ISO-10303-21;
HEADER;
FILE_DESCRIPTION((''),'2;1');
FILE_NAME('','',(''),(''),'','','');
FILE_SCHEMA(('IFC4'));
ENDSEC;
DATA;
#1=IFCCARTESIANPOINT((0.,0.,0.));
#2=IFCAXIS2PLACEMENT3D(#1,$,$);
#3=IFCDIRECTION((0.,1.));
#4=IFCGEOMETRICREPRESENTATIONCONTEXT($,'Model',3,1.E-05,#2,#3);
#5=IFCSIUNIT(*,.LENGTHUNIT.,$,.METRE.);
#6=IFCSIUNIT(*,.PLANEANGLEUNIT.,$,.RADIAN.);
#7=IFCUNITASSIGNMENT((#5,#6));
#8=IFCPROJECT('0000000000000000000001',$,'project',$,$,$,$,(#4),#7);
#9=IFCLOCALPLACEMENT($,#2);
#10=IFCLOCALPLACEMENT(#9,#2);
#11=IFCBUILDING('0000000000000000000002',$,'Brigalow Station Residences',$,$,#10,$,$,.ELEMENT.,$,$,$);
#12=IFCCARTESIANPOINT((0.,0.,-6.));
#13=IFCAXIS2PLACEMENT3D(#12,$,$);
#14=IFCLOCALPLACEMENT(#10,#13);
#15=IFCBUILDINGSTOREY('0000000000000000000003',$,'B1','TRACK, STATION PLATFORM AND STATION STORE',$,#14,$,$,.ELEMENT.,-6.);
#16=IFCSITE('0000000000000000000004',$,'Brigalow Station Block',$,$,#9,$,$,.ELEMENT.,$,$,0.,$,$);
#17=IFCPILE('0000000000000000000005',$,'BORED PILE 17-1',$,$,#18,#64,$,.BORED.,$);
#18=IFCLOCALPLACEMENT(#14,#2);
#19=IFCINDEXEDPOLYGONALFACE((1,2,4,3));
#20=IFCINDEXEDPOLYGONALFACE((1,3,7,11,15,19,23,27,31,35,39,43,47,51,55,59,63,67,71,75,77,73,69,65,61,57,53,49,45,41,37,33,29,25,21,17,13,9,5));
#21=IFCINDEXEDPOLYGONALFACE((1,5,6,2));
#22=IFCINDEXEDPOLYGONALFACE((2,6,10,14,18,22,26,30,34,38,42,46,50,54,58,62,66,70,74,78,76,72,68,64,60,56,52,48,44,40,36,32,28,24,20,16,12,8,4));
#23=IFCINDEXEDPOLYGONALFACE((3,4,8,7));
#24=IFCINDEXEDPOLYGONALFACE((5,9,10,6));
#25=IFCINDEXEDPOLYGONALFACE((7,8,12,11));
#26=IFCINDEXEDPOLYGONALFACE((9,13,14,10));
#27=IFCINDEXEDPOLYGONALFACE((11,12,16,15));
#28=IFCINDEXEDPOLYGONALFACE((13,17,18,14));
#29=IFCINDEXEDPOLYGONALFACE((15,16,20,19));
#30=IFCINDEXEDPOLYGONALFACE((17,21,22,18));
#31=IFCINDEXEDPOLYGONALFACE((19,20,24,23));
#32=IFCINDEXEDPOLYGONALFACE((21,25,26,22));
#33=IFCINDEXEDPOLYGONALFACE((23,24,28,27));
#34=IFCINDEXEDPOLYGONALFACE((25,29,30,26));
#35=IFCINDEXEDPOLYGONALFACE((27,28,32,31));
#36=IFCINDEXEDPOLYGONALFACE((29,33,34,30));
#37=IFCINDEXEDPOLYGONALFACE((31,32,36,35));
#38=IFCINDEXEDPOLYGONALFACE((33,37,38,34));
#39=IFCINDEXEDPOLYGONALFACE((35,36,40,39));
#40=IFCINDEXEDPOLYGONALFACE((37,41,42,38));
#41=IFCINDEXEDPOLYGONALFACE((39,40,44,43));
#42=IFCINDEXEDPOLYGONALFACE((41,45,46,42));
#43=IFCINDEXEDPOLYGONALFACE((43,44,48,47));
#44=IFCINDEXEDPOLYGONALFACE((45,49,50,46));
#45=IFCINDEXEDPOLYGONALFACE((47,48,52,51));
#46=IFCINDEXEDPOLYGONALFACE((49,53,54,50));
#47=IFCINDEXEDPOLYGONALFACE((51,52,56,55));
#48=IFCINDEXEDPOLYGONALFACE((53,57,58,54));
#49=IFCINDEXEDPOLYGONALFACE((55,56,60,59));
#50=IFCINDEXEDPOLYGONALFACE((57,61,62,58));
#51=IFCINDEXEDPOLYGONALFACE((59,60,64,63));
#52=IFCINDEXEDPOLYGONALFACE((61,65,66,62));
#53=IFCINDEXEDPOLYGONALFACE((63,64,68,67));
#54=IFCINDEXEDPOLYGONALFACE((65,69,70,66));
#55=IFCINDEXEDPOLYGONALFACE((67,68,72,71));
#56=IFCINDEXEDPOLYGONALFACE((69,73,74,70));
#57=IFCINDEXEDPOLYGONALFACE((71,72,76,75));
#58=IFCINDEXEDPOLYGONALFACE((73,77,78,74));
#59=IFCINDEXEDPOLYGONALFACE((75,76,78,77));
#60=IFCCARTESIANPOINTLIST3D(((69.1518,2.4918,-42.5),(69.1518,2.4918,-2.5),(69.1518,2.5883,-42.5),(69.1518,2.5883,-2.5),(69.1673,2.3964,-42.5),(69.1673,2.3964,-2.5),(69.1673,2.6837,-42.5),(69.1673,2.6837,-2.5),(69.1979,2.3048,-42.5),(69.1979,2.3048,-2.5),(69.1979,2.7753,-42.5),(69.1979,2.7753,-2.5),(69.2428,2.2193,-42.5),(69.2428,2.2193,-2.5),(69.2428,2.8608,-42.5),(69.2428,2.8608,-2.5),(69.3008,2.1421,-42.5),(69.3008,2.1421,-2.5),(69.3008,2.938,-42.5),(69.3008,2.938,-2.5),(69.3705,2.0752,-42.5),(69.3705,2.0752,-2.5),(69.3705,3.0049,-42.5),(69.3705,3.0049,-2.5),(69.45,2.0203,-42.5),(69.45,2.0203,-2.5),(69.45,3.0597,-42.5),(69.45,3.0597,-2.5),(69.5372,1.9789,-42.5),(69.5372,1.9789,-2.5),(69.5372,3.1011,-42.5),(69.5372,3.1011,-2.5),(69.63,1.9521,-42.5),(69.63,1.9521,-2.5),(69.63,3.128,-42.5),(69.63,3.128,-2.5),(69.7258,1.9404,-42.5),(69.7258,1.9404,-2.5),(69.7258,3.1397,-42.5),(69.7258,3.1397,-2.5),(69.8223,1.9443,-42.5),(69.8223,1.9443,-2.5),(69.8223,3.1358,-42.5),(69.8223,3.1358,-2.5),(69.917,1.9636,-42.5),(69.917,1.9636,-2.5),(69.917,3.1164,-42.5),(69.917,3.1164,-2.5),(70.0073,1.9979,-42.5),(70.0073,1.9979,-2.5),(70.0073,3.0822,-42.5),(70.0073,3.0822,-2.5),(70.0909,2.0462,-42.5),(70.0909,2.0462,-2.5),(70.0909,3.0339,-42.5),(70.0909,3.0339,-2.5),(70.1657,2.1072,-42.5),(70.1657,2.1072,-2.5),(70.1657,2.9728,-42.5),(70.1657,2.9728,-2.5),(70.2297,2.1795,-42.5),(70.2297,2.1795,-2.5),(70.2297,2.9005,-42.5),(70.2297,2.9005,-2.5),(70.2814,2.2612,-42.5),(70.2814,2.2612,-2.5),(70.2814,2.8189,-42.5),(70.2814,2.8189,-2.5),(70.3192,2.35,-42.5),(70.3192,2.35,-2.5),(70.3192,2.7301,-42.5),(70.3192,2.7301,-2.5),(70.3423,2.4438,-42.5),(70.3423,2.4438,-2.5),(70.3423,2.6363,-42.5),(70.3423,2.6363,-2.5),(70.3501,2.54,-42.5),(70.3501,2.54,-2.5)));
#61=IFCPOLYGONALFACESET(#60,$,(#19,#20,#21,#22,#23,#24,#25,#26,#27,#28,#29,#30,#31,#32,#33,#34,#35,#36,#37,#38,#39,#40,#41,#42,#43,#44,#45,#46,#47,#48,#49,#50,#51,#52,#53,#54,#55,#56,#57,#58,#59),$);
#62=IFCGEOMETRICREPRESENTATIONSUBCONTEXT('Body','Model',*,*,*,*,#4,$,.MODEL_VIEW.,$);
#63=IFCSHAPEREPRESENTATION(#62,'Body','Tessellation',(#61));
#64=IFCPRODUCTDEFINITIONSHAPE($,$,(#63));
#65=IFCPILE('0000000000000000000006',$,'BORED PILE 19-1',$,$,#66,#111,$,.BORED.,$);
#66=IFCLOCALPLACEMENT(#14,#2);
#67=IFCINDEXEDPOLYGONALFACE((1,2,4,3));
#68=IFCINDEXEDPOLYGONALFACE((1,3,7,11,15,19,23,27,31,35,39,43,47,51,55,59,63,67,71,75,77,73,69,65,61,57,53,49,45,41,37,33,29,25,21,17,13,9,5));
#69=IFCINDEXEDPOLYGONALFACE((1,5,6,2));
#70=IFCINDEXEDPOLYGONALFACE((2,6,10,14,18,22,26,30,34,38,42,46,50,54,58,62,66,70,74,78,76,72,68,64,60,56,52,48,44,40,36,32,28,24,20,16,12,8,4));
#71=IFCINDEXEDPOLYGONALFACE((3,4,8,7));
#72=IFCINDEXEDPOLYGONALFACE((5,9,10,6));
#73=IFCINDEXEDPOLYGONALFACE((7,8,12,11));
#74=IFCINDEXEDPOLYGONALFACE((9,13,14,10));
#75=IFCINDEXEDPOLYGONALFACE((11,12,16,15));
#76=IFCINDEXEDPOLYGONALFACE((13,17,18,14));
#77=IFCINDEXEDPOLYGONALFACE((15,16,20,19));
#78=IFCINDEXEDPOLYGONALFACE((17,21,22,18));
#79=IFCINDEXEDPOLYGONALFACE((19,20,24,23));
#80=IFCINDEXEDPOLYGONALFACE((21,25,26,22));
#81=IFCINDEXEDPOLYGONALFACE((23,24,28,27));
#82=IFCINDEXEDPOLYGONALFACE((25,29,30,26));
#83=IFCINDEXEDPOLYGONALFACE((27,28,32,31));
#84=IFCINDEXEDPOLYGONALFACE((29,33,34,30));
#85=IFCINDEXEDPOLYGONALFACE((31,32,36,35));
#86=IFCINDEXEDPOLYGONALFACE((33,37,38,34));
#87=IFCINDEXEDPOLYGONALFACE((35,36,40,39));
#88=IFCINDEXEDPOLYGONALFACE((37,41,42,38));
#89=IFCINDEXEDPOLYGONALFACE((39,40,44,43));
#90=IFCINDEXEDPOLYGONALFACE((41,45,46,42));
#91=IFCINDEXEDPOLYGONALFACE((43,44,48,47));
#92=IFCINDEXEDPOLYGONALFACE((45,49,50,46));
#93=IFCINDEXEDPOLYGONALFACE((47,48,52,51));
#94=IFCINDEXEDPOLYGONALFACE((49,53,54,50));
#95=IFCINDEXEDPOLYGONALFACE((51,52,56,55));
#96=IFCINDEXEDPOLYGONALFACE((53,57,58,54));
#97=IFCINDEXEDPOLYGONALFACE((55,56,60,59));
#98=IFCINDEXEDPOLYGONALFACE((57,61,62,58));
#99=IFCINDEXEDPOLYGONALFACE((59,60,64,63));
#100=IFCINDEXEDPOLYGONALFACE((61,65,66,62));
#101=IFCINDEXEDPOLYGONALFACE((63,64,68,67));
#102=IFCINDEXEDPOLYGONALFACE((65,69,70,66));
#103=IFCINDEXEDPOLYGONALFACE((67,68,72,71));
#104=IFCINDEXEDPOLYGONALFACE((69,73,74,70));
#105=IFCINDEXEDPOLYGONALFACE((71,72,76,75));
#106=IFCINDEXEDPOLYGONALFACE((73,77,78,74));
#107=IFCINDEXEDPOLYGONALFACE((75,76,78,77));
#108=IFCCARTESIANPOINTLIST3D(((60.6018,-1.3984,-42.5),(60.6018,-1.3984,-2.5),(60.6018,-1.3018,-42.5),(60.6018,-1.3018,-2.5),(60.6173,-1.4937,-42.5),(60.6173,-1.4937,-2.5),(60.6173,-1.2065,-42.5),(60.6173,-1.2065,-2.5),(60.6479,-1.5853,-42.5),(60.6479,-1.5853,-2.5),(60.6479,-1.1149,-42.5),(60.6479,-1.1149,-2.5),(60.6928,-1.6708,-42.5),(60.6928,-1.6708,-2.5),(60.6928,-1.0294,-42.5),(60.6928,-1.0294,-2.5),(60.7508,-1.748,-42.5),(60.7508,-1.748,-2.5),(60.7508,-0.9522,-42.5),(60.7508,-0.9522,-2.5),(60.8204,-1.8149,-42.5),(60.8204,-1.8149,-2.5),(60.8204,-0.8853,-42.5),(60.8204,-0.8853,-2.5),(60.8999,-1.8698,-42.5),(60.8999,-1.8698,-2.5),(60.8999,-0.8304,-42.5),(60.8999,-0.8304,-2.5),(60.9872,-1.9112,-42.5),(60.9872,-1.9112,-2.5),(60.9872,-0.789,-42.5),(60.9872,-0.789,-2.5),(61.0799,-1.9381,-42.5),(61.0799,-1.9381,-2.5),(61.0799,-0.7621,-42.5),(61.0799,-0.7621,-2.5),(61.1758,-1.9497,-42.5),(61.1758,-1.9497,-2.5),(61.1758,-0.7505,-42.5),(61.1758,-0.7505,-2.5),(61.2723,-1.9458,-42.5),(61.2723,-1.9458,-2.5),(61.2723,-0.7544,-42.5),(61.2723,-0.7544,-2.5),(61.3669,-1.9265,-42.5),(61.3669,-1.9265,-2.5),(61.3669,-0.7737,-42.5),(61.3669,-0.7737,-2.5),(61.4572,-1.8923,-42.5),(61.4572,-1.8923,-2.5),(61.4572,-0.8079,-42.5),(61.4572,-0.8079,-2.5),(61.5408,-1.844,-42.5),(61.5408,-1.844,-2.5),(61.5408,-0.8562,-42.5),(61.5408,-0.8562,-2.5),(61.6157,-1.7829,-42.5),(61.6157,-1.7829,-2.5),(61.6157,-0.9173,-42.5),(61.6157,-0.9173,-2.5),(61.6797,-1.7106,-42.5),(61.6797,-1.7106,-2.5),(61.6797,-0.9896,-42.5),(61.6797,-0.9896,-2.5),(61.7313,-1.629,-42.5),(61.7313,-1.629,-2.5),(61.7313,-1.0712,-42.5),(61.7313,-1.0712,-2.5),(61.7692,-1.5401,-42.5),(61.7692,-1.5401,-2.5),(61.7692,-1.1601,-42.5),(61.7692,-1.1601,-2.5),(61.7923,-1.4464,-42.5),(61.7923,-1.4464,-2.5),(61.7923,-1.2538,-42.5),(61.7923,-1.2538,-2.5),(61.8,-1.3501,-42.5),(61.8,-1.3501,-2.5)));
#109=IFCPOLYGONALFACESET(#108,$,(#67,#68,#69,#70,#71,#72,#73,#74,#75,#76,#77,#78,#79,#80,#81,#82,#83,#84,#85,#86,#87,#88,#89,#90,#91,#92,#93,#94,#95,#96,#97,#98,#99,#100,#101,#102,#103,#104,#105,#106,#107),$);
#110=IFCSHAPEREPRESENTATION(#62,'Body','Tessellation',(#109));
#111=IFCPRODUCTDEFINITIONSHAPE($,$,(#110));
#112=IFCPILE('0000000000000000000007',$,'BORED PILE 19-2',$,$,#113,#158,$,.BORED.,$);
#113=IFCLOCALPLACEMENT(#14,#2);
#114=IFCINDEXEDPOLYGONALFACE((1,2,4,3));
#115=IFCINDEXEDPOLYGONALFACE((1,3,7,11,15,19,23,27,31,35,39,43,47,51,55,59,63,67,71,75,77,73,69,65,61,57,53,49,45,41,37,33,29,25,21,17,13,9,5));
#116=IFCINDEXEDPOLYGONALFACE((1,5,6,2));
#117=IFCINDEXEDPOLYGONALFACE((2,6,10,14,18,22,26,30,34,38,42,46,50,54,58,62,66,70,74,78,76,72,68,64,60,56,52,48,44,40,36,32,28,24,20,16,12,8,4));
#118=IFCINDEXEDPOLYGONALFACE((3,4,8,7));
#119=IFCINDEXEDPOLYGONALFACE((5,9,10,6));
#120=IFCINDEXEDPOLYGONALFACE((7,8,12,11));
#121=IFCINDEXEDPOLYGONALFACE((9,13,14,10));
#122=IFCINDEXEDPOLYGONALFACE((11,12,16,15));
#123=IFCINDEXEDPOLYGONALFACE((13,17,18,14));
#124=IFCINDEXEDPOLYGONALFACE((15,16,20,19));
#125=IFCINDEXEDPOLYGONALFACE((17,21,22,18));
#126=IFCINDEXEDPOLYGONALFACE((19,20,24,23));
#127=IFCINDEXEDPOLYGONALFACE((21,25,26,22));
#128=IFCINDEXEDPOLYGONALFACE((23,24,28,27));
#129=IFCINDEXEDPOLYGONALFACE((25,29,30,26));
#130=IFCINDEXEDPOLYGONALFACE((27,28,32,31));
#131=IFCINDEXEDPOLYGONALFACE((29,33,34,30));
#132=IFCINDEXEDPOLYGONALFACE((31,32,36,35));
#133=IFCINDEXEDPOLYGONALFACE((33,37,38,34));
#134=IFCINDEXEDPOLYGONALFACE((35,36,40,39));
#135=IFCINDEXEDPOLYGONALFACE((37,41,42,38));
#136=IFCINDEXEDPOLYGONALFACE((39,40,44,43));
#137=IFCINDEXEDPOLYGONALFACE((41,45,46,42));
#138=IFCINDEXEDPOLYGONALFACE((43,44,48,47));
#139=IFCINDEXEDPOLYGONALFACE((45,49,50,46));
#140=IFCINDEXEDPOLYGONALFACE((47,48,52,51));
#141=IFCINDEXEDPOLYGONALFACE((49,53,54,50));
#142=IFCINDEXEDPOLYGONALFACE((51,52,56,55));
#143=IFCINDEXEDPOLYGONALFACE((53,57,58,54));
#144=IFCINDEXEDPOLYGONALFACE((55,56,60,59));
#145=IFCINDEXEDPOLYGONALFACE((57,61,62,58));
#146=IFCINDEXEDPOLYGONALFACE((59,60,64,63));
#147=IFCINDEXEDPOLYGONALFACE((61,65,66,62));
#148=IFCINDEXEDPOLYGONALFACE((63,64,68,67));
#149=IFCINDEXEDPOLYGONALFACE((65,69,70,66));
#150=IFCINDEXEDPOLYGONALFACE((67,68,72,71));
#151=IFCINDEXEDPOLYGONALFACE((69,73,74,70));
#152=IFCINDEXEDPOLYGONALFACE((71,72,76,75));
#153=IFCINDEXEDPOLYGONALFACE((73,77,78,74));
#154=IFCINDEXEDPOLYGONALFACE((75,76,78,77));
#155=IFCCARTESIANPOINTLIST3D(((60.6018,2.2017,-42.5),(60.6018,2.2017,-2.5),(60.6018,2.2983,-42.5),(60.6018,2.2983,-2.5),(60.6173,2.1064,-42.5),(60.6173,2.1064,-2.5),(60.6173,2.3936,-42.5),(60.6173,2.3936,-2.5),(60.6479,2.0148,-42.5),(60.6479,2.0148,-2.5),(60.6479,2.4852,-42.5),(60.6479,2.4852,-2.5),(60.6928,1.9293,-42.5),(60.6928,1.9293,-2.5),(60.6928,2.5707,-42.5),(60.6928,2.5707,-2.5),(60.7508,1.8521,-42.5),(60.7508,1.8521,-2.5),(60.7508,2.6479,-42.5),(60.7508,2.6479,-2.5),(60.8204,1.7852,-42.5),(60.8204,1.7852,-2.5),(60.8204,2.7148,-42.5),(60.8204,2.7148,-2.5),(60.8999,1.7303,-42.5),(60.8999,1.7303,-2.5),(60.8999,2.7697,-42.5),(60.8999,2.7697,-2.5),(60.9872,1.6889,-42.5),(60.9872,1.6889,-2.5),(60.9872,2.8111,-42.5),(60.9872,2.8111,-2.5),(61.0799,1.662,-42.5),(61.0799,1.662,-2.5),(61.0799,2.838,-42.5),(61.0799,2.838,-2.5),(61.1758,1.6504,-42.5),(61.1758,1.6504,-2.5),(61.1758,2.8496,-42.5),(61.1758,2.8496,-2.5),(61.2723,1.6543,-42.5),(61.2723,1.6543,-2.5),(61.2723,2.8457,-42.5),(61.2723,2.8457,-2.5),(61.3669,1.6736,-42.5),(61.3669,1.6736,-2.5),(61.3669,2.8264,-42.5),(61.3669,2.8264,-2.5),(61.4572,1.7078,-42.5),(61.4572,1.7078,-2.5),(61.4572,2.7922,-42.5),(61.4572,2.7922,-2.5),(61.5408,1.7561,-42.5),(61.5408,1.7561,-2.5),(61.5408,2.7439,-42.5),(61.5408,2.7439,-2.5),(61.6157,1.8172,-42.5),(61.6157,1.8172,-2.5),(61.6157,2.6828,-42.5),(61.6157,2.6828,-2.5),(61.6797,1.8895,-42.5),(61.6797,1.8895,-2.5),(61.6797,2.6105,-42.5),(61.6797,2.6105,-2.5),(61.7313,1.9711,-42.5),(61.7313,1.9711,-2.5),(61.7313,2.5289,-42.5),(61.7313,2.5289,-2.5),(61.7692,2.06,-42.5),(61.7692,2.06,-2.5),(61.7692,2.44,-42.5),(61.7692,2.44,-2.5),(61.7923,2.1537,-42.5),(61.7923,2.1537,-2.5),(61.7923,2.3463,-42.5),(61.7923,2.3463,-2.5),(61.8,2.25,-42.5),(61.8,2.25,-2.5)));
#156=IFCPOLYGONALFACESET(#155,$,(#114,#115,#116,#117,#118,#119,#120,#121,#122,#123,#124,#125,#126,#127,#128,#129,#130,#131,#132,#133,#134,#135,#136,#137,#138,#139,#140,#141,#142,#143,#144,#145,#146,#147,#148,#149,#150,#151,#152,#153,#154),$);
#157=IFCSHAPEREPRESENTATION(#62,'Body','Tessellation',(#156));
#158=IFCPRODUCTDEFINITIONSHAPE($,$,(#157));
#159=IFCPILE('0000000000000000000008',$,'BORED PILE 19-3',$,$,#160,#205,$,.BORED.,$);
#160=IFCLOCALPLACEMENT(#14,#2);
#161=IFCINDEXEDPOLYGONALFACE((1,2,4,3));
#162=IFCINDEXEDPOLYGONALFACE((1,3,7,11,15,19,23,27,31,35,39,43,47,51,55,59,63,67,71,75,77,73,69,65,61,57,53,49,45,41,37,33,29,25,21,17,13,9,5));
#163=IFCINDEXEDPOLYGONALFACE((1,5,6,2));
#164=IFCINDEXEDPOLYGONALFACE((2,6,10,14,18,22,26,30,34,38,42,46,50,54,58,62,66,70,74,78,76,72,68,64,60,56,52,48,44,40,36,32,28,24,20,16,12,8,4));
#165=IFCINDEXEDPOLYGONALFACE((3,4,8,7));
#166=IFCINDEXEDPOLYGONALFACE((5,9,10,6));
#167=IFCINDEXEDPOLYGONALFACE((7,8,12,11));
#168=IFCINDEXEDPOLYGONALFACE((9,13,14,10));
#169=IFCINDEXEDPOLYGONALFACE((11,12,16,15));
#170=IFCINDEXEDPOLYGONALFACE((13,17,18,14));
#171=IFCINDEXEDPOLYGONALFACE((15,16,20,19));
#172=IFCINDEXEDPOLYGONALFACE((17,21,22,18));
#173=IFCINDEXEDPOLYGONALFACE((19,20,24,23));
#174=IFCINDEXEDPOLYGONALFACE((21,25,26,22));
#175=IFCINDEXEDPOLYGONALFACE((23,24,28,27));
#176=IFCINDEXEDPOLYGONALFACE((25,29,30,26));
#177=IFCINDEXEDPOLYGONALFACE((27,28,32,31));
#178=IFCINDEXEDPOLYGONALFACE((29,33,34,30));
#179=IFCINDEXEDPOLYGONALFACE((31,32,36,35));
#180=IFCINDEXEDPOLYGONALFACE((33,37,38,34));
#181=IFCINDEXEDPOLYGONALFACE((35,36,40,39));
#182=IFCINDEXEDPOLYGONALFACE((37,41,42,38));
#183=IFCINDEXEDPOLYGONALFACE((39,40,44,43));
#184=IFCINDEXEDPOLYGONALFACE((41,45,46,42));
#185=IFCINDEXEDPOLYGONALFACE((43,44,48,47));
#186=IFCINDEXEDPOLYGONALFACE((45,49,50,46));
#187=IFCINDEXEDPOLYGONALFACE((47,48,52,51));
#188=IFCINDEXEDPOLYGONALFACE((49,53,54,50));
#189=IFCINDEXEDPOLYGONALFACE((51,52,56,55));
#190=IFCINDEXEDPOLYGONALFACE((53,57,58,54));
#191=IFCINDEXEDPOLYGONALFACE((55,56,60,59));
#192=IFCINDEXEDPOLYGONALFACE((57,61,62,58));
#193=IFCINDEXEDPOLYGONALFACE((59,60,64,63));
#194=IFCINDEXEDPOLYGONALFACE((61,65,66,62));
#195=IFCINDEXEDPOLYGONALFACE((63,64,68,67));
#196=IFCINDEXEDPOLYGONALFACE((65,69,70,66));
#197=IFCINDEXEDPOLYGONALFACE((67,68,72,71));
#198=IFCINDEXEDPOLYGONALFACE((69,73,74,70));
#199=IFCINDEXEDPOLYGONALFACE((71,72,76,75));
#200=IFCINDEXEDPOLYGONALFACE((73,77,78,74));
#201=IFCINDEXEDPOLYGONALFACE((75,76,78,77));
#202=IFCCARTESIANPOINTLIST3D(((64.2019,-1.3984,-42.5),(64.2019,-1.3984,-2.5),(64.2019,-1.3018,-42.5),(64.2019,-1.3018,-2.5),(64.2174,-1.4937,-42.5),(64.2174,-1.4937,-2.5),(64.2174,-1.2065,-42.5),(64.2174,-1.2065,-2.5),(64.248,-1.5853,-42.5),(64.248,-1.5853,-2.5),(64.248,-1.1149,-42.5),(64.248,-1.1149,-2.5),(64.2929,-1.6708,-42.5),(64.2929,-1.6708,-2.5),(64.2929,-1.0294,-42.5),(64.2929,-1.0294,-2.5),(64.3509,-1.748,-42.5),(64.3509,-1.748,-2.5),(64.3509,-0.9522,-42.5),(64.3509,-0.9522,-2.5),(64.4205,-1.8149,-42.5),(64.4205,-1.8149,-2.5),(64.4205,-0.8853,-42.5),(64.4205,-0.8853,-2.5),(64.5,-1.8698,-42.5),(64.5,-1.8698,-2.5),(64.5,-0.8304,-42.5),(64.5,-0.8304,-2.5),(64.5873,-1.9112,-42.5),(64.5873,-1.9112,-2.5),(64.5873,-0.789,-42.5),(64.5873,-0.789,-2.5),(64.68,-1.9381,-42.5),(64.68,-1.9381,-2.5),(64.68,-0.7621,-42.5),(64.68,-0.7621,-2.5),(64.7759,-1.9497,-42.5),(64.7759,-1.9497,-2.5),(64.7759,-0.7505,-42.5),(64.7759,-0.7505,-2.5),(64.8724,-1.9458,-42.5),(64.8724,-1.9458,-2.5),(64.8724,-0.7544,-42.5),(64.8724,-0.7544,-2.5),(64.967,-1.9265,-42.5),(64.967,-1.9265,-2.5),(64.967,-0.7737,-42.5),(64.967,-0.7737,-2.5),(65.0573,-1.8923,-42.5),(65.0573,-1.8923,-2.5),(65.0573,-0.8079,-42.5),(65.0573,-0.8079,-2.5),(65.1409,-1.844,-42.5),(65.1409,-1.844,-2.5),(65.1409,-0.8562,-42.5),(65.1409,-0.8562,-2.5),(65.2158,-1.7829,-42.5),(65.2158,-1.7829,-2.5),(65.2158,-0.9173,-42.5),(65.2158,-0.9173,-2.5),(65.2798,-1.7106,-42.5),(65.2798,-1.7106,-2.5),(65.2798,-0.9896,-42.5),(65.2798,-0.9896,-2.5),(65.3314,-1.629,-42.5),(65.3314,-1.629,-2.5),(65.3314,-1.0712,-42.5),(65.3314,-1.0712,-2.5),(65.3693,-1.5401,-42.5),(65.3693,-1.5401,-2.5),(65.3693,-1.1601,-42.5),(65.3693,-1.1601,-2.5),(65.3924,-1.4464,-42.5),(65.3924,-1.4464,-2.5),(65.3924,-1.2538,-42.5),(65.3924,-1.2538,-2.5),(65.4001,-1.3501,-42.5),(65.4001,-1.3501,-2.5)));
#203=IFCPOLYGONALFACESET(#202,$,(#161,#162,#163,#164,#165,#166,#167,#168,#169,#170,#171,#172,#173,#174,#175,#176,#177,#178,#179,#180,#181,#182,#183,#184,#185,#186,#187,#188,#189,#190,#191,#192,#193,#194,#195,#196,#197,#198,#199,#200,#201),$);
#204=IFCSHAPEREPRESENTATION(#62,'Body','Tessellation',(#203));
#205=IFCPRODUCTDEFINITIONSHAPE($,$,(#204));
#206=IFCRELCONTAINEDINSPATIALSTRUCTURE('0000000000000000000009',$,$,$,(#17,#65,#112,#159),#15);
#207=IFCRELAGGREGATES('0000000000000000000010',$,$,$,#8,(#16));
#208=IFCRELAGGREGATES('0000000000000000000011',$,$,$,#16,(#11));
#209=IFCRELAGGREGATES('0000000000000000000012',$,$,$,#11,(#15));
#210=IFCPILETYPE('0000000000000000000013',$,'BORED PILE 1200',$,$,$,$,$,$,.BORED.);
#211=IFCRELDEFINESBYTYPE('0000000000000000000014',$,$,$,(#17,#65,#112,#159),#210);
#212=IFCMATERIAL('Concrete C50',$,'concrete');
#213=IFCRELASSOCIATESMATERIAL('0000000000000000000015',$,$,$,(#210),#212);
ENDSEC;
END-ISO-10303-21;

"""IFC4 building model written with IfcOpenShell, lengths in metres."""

from ifc_helpers import new_model, si_unit, direction, frame, origin, origin_2d, place, context, subcontext, project, spatial, circle, extrude, material, material_profile, profile_set, type_object, element, save


model = new_model("IFC4")

# Units and contexts
model_context = context("Model", 3, precision=1e-05, world=origin(), true_north=direction((0.0, 1.0)))
body_context = subcontext(model_context, "Body", "Model", "MODEL_VIEW")
ifc_project = project(units=[si_unit("LENGTHUNIT", "METRE"), si_unit("PLANEANGLEUNIT", "RADIAN")], contexts=[model_context])

# Site, building, storey
site_placement = place(None, origin())
site = spatial("IfcSite", under=ifc_project, at=site_placement, Name="Brigalow Station Block", CompositionType="ELEMENT", RefElevation=0.0)
building_placement = place(site_placement, origin())
building = spatial("IfcBuilding", under=site, at=building_placement, Name="Brigalow Station Residences", CompositionType="ELEMENT")
storey_placement = place(building_placement, frame((0.0, 0.0, -6.0)))
storey = spatial("IfcBuildingStorey", under=building, at=storey_placement, Name="B1", Description="TRACK, STATION PLATFORM AND STATION STORE", CompositionType="ELEMENT", Elevation=-6.0)

# Piles
ifc_material_1 = material(Name="Concrete C50", Category="concrete")
ifc_material_profile_1 = material_profile(ifc_material_1, circle(Radius=0.6001, at=origin_2d()), Name="BP1200")
ifc_profile_set_1 = profile_set([ifc_material_profile_1], Name="Concrete C50")
pile_type_1 = type_object("IfcPileType", Name="BORED PILE 1200", PredefinedType="BORED", material=ifc_profile_set_1)
for number, where, z_axis, x_axis, name in (
    (1, (69.75, 2.54, -2.5), (0.0, 0.0, -1.0), (1.0, 0.0, 0.0), "BORED PILE 17-1"),
    (2, (61.2, -1.3501, -2.5), (0.0, 0.0, -1.0), (1.0, 0.0, 0.0), "BORED PILE 19-1"),
    (3, (61.2, 2.25, -2.5), (0.0, 0.0, -1.0), (1.0, 0.0, 0.0), "BORED PILE 19-2"),
    (4, (64.8, -1.3501, -2.5), (0.0, 0.0, -1.0), (1.0, 0.0, 0.0), "BORED PILE 19-3"),
):
    element("IfcPile", number, at=place(storey_placement, frame(where, z_axis=z_axis, x_axis=x_axis)), inside=storey, type_object=pile_type_1, Name=name, PredefinedType="BORED", context=body_context, shape_type="SweptSolid", body=[
        extrude(circle(Radius=0.6001, at=origin_2d()), origin(), (0.0, 0.0, 1.0), 40.0),
    ])

save(model, "model.ifc")
